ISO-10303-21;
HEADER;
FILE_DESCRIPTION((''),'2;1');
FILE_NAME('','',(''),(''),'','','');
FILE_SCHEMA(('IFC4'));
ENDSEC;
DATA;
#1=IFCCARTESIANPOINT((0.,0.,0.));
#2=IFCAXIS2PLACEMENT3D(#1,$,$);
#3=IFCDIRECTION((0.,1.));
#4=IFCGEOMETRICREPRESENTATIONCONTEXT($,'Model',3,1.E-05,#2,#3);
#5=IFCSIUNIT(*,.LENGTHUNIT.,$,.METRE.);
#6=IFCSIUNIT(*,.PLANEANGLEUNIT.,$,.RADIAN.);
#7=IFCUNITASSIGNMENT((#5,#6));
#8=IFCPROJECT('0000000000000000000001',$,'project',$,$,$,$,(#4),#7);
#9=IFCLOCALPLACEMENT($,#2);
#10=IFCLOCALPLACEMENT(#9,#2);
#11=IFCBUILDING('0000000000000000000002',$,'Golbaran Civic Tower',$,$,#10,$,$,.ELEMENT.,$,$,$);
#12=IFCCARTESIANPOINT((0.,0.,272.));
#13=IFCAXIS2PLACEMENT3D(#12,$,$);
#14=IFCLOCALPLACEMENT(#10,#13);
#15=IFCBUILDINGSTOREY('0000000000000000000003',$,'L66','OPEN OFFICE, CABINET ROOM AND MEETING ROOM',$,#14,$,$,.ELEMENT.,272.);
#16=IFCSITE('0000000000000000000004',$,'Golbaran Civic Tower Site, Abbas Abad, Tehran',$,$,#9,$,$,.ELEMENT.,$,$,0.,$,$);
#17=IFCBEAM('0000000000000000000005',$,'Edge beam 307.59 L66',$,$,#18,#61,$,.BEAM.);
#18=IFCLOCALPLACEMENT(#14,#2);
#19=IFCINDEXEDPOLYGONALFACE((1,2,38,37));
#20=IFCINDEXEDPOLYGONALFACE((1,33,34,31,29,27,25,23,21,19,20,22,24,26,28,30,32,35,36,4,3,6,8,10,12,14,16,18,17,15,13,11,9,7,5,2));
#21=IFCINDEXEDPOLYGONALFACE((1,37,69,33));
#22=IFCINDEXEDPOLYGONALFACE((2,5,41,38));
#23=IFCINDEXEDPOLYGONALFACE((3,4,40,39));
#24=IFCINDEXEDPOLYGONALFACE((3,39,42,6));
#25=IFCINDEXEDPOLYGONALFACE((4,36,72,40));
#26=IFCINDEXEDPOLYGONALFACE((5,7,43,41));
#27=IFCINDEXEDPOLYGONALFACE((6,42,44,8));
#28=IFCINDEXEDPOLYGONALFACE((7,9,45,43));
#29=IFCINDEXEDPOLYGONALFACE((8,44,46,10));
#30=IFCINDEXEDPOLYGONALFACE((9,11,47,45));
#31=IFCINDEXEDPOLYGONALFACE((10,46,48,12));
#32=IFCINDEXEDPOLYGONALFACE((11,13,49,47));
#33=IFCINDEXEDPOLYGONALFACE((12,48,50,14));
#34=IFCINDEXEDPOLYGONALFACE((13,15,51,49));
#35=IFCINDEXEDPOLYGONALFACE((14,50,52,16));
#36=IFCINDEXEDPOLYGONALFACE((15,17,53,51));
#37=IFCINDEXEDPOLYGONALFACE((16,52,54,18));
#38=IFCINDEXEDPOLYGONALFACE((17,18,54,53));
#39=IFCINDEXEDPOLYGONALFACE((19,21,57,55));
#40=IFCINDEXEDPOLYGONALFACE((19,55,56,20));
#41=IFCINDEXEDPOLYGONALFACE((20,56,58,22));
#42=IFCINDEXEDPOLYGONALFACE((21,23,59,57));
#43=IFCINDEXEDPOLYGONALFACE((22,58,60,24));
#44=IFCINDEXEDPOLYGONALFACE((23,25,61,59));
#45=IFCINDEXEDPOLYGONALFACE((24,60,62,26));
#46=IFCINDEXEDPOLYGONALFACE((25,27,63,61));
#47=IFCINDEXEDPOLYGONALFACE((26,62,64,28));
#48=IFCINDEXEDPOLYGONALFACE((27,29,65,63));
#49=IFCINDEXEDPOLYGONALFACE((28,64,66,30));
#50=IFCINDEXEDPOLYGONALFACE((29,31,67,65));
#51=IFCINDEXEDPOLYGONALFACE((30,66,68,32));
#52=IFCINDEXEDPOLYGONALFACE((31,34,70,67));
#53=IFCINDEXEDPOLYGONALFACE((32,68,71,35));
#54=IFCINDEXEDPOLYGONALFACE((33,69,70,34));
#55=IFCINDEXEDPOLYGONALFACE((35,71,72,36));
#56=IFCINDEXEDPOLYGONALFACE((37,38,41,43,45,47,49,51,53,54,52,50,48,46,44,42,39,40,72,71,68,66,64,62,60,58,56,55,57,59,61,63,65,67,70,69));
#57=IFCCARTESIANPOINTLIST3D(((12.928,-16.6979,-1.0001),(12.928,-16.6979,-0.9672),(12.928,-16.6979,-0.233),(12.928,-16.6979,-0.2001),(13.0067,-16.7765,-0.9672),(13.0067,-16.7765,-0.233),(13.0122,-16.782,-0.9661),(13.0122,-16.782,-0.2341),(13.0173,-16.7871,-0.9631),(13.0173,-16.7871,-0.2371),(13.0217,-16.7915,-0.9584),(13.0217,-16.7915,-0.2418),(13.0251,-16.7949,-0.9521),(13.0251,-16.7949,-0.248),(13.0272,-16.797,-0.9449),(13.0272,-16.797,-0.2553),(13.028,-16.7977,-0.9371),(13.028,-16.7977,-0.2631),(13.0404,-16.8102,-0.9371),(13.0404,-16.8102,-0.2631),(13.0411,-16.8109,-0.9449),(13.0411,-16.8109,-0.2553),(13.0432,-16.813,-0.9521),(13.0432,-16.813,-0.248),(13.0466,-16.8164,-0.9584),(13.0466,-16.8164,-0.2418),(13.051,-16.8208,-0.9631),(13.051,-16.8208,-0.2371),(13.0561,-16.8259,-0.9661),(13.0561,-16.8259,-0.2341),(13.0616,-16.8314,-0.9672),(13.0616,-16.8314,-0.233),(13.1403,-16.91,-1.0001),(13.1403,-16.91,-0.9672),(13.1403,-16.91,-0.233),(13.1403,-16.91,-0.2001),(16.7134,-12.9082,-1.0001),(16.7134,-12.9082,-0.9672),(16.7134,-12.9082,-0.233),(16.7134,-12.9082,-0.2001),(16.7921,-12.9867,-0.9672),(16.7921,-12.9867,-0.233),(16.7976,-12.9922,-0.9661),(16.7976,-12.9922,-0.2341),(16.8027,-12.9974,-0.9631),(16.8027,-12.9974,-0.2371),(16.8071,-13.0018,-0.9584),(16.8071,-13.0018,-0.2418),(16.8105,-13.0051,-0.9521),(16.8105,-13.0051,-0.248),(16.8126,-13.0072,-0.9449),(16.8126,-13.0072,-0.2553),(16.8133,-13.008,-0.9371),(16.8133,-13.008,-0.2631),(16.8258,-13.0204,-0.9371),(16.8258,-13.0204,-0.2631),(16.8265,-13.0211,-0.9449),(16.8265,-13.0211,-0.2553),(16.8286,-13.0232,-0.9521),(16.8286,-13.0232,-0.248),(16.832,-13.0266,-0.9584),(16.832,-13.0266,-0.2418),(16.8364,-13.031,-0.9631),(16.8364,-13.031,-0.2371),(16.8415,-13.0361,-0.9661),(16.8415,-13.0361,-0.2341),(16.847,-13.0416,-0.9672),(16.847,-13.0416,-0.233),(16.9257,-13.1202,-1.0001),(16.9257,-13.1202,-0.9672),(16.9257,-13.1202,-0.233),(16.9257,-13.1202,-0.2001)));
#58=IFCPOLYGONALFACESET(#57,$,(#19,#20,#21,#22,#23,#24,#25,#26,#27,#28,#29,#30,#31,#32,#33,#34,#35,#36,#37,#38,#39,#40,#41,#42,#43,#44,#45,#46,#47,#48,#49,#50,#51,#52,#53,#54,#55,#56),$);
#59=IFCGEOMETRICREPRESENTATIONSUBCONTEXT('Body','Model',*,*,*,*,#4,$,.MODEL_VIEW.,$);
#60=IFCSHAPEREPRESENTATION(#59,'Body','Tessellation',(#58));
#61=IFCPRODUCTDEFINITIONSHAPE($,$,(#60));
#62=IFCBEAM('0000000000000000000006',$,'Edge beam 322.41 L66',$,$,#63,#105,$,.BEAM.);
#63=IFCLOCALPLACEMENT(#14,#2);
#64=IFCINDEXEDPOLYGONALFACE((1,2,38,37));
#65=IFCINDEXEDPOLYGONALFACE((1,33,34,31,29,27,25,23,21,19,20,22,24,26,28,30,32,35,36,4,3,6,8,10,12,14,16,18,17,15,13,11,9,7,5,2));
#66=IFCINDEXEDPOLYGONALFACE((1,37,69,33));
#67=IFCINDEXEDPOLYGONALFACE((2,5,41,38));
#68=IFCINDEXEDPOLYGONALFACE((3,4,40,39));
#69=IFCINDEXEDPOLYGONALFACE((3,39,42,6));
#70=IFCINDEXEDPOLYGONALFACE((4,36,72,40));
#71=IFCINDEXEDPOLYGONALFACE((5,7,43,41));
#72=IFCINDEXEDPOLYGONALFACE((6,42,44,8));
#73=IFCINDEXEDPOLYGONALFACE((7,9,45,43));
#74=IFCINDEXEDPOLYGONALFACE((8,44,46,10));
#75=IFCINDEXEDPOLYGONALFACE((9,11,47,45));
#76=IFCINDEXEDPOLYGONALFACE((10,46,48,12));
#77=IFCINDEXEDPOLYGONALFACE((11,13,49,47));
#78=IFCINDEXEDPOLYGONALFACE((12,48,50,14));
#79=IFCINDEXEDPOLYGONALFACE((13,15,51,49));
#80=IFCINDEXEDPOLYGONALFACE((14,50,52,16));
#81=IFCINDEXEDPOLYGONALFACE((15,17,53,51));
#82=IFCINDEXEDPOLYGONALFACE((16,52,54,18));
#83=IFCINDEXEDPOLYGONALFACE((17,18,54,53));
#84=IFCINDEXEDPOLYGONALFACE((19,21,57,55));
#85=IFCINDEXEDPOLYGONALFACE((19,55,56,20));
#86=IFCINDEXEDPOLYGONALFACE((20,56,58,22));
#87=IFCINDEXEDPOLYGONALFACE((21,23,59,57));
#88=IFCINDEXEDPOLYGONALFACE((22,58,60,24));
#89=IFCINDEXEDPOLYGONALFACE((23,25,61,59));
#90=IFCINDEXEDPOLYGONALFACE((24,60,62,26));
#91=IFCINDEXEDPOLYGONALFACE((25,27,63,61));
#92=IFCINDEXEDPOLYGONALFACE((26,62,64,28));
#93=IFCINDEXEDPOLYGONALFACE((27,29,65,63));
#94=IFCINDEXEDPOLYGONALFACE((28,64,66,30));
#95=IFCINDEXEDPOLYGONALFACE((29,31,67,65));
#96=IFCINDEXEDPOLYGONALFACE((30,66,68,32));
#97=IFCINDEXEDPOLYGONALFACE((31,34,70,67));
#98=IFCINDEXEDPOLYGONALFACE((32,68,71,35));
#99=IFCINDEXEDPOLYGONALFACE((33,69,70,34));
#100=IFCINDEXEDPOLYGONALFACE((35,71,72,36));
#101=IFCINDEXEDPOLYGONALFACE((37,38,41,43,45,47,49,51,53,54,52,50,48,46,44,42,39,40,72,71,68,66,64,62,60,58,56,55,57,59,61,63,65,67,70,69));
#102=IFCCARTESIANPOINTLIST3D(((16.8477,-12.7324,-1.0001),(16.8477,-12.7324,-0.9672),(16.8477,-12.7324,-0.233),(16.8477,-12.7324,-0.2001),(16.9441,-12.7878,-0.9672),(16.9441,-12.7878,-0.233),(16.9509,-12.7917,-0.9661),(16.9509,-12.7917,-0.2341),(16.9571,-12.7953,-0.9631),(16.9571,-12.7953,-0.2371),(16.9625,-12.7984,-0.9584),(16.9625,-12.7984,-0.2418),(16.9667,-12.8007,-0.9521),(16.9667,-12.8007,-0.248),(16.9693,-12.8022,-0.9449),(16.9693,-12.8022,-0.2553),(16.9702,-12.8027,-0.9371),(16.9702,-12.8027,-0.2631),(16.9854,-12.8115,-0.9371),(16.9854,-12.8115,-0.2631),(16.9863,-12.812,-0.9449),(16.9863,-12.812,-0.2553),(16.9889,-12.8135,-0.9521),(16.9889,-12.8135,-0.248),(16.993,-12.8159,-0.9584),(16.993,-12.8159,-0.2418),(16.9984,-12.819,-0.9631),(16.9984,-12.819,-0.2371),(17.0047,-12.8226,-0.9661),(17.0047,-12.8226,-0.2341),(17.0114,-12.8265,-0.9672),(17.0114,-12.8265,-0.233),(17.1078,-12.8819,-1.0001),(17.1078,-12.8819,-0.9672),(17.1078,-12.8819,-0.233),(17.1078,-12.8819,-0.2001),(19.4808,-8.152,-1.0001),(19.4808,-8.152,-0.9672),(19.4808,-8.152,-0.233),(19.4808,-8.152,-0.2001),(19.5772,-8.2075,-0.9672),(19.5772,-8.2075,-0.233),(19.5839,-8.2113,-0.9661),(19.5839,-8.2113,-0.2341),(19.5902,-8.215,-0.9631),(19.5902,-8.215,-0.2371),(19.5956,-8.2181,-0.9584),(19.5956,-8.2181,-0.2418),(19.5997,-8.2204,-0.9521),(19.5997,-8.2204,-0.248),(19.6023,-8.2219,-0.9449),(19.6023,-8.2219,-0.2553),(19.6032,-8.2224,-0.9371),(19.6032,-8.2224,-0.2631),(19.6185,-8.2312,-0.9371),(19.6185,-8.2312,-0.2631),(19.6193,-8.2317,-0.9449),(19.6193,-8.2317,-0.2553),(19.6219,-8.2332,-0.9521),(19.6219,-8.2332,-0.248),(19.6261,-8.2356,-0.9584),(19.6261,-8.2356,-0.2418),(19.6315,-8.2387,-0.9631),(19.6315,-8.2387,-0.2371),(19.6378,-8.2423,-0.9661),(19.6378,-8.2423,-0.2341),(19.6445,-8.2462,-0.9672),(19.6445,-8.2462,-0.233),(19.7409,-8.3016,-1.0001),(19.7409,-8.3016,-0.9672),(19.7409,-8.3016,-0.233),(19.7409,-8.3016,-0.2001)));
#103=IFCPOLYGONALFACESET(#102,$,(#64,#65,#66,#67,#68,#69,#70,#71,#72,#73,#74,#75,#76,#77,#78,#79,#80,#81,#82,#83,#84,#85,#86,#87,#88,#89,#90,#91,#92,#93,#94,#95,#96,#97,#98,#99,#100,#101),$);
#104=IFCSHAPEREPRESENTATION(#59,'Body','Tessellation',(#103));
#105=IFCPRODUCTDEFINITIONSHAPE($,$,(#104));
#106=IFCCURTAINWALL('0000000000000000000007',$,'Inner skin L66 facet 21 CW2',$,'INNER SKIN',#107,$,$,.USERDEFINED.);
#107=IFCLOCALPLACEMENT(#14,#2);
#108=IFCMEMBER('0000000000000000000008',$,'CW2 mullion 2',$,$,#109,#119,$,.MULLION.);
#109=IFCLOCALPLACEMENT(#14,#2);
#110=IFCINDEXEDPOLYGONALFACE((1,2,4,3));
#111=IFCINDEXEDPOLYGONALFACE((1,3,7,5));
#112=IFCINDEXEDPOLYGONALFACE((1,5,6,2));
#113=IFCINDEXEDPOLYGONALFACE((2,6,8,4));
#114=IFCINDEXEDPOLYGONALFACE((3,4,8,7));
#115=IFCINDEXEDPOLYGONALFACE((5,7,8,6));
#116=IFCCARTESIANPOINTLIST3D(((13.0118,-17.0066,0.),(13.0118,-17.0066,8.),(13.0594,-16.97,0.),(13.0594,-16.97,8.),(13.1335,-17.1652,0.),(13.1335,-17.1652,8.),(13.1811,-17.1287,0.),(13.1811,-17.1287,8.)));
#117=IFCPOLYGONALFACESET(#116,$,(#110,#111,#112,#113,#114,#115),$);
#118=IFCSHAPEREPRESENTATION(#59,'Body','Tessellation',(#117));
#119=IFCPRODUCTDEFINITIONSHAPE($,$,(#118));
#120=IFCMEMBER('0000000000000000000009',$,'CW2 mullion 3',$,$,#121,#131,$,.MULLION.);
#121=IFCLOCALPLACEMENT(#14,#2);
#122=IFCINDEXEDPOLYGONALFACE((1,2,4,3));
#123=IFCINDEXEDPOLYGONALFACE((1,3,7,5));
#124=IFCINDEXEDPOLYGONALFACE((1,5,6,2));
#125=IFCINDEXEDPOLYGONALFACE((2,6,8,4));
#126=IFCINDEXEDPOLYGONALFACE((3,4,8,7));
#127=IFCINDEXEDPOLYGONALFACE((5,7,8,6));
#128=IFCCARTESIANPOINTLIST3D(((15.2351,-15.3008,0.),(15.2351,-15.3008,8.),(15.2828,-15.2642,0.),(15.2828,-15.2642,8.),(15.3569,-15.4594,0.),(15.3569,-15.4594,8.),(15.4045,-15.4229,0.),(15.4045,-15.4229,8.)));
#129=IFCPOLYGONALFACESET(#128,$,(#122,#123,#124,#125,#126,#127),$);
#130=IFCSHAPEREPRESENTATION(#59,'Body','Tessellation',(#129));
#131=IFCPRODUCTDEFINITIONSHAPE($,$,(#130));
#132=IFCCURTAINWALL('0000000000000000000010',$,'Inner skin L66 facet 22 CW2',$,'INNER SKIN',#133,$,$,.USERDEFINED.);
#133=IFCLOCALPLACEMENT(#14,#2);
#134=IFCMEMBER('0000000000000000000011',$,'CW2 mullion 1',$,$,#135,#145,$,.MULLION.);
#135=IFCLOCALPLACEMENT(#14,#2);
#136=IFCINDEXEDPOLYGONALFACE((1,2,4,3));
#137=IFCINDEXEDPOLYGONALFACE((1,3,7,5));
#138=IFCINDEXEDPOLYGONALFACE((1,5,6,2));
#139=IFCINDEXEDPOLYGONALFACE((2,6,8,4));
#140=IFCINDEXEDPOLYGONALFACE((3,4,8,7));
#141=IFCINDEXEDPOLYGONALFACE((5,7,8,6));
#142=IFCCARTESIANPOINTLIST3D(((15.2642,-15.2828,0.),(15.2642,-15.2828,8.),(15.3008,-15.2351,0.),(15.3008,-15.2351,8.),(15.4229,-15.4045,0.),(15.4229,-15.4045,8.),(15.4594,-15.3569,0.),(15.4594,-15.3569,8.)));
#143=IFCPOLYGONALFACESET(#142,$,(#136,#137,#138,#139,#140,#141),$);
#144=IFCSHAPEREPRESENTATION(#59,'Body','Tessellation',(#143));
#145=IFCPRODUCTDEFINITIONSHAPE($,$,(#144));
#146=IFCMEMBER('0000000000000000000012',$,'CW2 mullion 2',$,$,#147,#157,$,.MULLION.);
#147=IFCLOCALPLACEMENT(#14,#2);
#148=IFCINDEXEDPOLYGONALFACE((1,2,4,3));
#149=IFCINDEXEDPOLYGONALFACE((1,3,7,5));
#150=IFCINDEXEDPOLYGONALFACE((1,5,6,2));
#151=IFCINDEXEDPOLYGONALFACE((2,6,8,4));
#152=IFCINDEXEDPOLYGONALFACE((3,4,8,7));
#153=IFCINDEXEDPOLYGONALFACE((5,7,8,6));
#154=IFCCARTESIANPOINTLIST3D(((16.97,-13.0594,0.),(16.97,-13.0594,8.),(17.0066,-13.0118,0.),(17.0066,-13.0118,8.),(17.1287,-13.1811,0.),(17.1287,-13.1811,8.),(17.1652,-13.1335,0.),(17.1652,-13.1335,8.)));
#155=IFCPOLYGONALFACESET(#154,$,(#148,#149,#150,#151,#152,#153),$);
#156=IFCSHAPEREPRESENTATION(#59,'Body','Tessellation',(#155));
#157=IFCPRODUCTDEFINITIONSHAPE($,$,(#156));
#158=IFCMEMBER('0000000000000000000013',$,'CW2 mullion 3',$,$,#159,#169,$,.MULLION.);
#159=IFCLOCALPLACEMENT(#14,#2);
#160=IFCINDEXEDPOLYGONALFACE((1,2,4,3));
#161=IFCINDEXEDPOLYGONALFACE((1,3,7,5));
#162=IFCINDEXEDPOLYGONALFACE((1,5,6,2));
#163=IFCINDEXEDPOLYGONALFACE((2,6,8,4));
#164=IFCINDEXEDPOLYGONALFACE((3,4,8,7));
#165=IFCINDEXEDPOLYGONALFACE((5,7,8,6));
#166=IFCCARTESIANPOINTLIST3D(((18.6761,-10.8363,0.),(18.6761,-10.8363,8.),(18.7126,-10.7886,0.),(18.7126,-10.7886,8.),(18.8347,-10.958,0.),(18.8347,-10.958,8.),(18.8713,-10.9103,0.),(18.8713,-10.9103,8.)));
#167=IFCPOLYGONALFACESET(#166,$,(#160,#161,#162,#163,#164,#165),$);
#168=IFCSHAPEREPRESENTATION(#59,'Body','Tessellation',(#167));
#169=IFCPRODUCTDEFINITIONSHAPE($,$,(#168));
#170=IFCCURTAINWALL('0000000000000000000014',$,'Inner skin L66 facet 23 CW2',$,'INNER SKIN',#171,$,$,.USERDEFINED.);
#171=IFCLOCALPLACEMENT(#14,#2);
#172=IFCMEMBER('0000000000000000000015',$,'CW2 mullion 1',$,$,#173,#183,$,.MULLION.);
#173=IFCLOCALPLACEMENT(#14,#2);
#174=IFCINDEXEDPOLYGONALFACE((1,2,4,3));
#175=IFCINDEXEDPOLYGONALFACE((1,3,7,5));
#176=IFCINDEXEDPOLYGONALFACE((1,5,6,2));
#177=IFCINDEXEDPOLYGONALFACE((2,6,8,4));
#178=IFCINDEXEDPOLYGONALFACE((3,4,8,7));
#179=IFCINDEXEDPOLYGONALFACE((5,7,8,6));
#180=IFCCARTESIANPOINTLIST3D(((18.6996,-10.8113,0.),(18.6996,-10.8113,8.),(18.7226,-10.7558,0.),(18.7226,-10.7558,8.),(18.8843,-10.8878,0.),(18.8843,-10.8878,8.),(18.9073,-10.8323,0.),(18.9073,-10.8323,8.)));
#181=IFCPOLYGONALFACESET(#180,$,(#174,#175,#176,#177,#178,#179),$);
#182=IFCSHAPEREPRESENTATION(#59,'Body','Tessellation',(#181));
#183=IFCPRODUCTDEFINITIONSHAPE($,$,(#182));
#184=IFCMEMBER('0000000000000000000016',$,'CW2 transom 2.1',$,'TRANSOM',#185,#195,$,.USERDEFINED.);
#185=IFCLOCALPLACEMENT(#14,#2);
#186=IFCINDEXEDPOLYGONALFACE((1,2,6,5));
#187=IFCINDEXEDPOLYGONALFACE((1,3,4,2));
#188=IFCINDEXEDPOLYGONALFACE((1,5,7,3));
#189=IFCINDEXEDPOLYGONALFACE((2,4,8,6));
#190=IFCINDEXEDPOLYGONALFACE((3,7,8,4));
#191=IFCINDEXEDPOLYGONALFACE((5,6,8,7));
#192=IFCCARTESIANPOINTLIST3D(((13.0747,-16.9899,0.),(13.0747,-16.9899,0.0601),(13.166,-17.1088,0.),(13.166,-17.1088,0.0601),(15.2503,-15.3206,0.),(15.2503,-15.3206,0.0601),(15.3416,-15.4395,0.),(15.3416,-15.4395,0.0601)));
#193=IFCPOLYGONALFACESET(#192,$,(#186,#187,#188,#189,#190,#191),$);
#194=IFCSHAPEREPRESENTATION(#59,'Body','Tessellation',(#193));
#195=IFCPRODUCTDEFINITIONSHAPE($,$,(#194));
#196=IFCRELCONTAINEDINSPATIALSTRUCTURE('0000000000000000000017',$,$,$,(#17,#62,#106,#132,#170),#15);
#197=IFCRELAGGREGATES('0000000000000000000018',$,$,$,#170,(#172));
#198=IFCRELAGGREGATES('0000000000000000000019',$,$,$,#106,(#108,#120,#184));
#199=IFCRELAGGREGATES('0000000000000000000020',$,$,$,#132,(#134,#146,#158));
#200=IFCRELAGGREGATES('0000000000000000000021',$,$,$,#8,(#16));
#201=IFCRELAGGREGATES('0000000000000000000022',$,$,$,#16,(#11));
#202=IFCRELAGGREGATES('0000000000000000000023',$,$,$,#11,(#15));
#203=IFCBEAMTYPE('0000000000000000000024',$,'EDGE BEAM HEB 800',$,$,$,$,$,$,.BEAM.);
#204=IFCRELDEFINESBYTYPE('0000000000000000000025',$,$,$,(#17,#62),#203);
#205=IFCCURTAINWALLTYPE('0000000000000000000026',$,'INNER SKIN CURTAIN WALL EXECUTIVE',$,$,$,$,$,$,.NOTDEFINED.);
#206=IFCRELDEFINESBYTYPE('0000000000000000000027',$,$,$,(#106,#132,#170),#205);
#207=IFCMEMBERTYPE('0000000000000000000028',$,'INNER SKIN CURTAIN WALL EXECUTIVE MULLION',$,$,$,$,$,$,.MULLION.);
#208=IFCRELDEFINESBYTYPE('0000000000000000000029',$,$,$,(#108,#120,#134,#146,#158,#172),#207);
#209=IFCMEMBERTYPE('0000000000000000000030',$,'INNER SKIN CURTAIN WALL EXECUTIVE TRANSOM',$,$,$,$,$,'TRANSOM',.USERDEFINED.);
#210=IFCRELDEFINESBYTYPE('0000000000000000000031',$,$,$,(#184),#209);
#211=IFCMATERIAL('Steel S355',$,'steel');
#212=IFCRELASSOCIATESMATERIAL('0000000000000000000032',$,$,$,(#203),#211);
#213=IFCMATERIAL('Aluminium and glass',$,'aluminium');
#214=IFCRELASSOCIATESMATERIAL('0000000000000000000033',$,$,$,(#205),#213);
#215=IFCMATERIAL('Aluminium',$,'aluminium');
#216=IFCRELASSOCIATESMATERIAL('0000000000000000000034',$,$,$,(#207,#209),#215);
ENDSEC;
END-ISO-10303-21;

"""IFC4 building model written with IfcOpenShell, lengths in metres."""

from ifc_helpers import new_model, si_unit, direction, frame, origin, origin_2d, place, context, subcontext, project, spatial, rectangle, i_section, extrude, material, material_profile, profile_set, type_object, element, aggregate, save


model = new_model("IFC4")

# Units and contexts
model_context = context("Model", 3, precision=1e-05, world=origin(), true_north=direction((0.0, 1.0)))
body_context = subcontext(model_context, "Body", "Model", "MODEL_VIEW")
ifc_project = project(units=[si_unit("LENGTHUNIT", "METRE"), si_unit("PLANEANGLEUNIT", "RADIAN")], contexts=[model_context])

# Site, building, storey
site_placement = place(None, origin())
site = spatial("IfcSite", under=ifc_project, at=site_placement, Name="Golbaran Civic Tower Site, Abbas Abad, Tehran", CompositionType="ELEMENT", RefElevation=0.0)
building_placement = place(site_placement, origin())
building = spatial("IfcBuilding", under=site, at=building_placement, Name="Golbaran Civic Tower", CompositionType="ELEMENT")
storey_placement = place(building_placement, frame((0.0, 0.0, 272.0)))
storey = spatial("IfcBuildingStorey", under=building, at=storey_placement, Name="L66", Description="OPEN OFFICE, CABINET ROOM AND MEETING ROOM", CompositionType="ELEMENT", Elevation=272.0)

# Beams
ifc_material_1 = material(Name="Steel S355", Category="steel")
ifc_material_profile_1 = material_profile(ifc_material_1, i_section(OverallWidth=0.3, OverallDepth=0.8, WebThickness=0.0176, FlangeThickness=0.033, FilletRadius=0.03, at=origin_2d()), Name="HEB 800")
ifc_profile_set_1 = profile_set([ifc_material_profile_1], Name="Steel S355")
beam_type = type_object("IfcBeamType", Name="EDGE BEAM HEB 800", PredefinedType="BEAM", material=ifc_profile_set_1)
beam_1_placement = place(storey_placement, frame((13.0342, -16.804, -0.6001), z_axis=(0.706696, 0.707517, 0.0), x_axis=(-0.707517, 0.706696, 0.0)))
element("IfcBeam", 1, at=beam_1_placement, inside=storey, type_object=beam_type, Name="Edge beam 307.59 L66", PredefinedType="BEAM", context=body_context, shape_type="SweptSolid", body=[
    extrude(i_section(OverallWidth=0.3, OverallDepth=0.8, WebThickness=0.0176, FlangeThickness=0.033, FilletRadius=0.03, at=origin_2d()), origin(), (0.0, 0.0, 1.0), 5.3564),
])
beam_2_placement = place(storey_placement, frame((16.9778, -12.8071, -0.6001), z_axis=(0.498382, 0.866958, 0.0), x_axis=(-0.866958, 0.498382, 0.0)))
element("IfcBeam", 2, at=beam_2_placement, inside=storey, type_object=beam_type, Name="Edge beam 322.41 L66", PredefinedType="BEAM", context=body_context, shape_type="SweptSolid", body=[
    extrude(i_section(OverallWidth=0.3, OverallDepth=0.8, WebThickness=0.0176, FlangeThickness=0.033, FilletRadius=0.03, at=origin_2d()), origin(), (0.0, 0.0, 1.0), 5.2832),
])

# Curtain walls, members
ifc_material_2 = material(Name="Aluminium and glass", Category="aluminium")
curtain_wall_type = type_object("IfcCurtainWallType", Name="INNER SKIN CURTAIN WALL EXECUTIVE", PredefinedType="NOTDEFINED", material=ifc_material_2)
curtain_wall_1_placement = place(storey_placement, origin())
curtain_wall_1 = element("IfcCurtainWall", 3, at=curtain_wall_1_placement, inside=storey, type_object=curtain_wall_type, Name="Inner skin L66 facet 21 CW2", ObjectType="INNER SKIN", PredefinedType="USERDEFINED")
ifc_material_3 = material(Name="Aluminium", Category="aluminium")
ifc_material_profile_2 = material_profile(ifc_material_3, rectangle(XDim=0.2, YDim=0.0601, at=origin_2d()), Name="INNER SKIN CURTAIN WALL EXECUTIVE MULLION")
ifc_profile_set_2 = profile_set([ifc_material_profile_2], Name="Aluminium")
member_type_1 = type_object("IfcMemberType", Name="INNER SKIN CURTAIN WALL EXECUTIVE MULLION", PredefinedType="MULLION", material=ifc_profile_set_2)
member_1_placement = place(storey_placement, frame((13.0964, -17.0676, 0.0), z_axis=(0.0, 0.0, 1.0), x_axis=(-0.608761, 0.793353, 0.0)))
member_1 = element("IfcMember", 4, at=member_1_placement, type_object=member_type_1, Name="CW2 mullion 2", PredefinedType="MULLION", context=body_context, shape_type="SweptSolid", body=[
    extrude(rectangle(XDim=0.2, YDim=0.0601, at=origin_2d()), origin(), (0.0, 0.0, 1.0), 8.0),
])
member_2_placement = place(storey_placement, frame((15.3198, -15.3618, 0.0), z_axis=(0.0, 0.0, 1.0), x_axis=(-0.608761, 0.793353, 0.0)))
member_2 = element("IfcMember", 5, at=member_2_placement, type_object=member_type_1, Name="CW2 mullion 3", PredefinedType="MULLION", context=body_context, shape_type="SweptSolid", body=[
    extrude(rectangle(XDim=0.2, YDim=0.0601, at=origin_2d()), origin(), (0.0, 0.0, 1.0), 8.0),
])
curtain_wall_2_placement = place(storey_placement, origin())
curtain_wall_2 = element("IfcCurtainWall", 6, at=curtain_wall_2_placement, inside=storey, type_object=curtain_wall_type, Name="Inner skin L66 facet 22 CW2", ObjectType="INNER SKIN", PredefinedType="USERDEFINED")
member_3_placement = place(storey_placement, frame((15.3618, -15.3198, 0.0), z_axis=(0.0, 0.0, 1.0), x_axis=(-0.793353, 0.608761, 0.0)))
member_3 = element("IfcMember", 7, at=member_3_placement, type_object=member_type_1, Name="CW2 mullion 1", PredefinedType="MULLION", context=body_context, shape_type="SweptSolid", body=[
    extrude(rectangle(XDim=0.2, YDim=0.0601, at=origin_2d()), origin(), (0.0, 0.0, 1.0), 8.0),
])
member_4_placement = place(storey_placement, frame((17.0676, -13.0964, 0.0), z_axis=(0.0, 0.0, 1.0), x_axis=(-0.793353, 0.608761, 0.0)))
member_4 = element("IfcMember", 8, at=member_4_placement, type_object=member_type_1, Name="CW2 mullion 2", PredefinedType="MULLION", context=body_context, shape_type="SweptSolid", body=[
    extrude(rectangle(XDim=0.2, YDim=0.0601, at=origin_2d()), origin(), (0.0, 0.0, 1.0), 8.0),
])
member_5_placement = place(storey_placement, frame((18.7737, -10.8733, 0.0), z_axis=(0.0, 0.0, 1.0), x_axis=(-0.793353, 0.608761, 0.0)))
member_5 = element("IfcMember", 9, at=member_5_placement, type_object=member_type_1, Name="CW2 mullion 3", PredefinedType="MULLION", context=body_context, shape_type="SweptSolid", body=[
    extrude(rectangle(XDim=0.2, YDim=0.0601, at=origin_2d()), origin(), (0.0, 0.0, 1.0), 8.0),
])

# Curtain wall, member
curtain_wall_3_placement = place(storey_placement, origin())
curtain_wall_3 = element("IfcCurtainWall", 10, at=curtain_wall_3_placement, inside=storey, type_object=curtain_wall_type, Name="Inner skin L66 facet 23 CW2", ObjectType="INNER SKIN", PredefinedType="USERDEFINED")
member_6_placement = place(storey_placement, frame((18.8035, -10.8218, 0.0), z_axis=(0.0, 0.0, 1.0), x_axis=(-0.92388, 0.382683, 0.0)))
member_6 = element("IfcMember", 11, at=member_6_placement, type_object=member_type_1, Name="CW2 mullion 1", PredefinedType="MULLION", context=body_context, shape_type="SweptSolid", body=[
    extrude(rectangle(XDim=0.2, YDim=0.0601, at=origin_2d()), origin(), (0.0, 0.0, 1.0), 8.0),
])

# Member
ifc_material_profile_3 = material_profile(ifc_material_3, rectangle(XDim=0.1499, YDim=0.0601, at=origin_2d()), Name="INNER SKIN CURTAIN WALL EXECUTIVE TRANSOM")
ifc_profile_set_3 = profile_set([ifc_material_profile_3], Name="Aluminium")
member_type_2 = type_object("IfcMemberType", Name="INNER SKIN CURTAIN WALL EXECUTIVE TRANSOM", ElementType="TRANSOM", PredefinedType="USERDEFINED", material=ifc_profile_set_3)
member_7_placement = place(storey_placement, frame((13.1204, -17.0493, 0.03), z_axis=(0.793381, 0.608725, 0.0), x_axis=(-0.608725, 0.793381, 0.0)))
member_7 = element("IfcMember", 12, at=member_7_placement, type_object=member_type_2, Name="CW2 transom 2.1", ObjectType="TRANSOM", PredefinedType="USERDEFINED", context=body_context, shape_type="SweptSolid", body=[
    extrude(rectangle(XDim=0.1499, YDim=0.0601, at=origin_2d()), origin(), (0.0, 0.0, 1.0), 2.7422),
])

aggregate(curtain_wall_3, [member_6])
aggregate(curtain_wall_1, [member_1, member_2, member_7])
aggregate(curtain_wall_2, [member_3, member_4, member_5])

save(model, "model.ifc")
